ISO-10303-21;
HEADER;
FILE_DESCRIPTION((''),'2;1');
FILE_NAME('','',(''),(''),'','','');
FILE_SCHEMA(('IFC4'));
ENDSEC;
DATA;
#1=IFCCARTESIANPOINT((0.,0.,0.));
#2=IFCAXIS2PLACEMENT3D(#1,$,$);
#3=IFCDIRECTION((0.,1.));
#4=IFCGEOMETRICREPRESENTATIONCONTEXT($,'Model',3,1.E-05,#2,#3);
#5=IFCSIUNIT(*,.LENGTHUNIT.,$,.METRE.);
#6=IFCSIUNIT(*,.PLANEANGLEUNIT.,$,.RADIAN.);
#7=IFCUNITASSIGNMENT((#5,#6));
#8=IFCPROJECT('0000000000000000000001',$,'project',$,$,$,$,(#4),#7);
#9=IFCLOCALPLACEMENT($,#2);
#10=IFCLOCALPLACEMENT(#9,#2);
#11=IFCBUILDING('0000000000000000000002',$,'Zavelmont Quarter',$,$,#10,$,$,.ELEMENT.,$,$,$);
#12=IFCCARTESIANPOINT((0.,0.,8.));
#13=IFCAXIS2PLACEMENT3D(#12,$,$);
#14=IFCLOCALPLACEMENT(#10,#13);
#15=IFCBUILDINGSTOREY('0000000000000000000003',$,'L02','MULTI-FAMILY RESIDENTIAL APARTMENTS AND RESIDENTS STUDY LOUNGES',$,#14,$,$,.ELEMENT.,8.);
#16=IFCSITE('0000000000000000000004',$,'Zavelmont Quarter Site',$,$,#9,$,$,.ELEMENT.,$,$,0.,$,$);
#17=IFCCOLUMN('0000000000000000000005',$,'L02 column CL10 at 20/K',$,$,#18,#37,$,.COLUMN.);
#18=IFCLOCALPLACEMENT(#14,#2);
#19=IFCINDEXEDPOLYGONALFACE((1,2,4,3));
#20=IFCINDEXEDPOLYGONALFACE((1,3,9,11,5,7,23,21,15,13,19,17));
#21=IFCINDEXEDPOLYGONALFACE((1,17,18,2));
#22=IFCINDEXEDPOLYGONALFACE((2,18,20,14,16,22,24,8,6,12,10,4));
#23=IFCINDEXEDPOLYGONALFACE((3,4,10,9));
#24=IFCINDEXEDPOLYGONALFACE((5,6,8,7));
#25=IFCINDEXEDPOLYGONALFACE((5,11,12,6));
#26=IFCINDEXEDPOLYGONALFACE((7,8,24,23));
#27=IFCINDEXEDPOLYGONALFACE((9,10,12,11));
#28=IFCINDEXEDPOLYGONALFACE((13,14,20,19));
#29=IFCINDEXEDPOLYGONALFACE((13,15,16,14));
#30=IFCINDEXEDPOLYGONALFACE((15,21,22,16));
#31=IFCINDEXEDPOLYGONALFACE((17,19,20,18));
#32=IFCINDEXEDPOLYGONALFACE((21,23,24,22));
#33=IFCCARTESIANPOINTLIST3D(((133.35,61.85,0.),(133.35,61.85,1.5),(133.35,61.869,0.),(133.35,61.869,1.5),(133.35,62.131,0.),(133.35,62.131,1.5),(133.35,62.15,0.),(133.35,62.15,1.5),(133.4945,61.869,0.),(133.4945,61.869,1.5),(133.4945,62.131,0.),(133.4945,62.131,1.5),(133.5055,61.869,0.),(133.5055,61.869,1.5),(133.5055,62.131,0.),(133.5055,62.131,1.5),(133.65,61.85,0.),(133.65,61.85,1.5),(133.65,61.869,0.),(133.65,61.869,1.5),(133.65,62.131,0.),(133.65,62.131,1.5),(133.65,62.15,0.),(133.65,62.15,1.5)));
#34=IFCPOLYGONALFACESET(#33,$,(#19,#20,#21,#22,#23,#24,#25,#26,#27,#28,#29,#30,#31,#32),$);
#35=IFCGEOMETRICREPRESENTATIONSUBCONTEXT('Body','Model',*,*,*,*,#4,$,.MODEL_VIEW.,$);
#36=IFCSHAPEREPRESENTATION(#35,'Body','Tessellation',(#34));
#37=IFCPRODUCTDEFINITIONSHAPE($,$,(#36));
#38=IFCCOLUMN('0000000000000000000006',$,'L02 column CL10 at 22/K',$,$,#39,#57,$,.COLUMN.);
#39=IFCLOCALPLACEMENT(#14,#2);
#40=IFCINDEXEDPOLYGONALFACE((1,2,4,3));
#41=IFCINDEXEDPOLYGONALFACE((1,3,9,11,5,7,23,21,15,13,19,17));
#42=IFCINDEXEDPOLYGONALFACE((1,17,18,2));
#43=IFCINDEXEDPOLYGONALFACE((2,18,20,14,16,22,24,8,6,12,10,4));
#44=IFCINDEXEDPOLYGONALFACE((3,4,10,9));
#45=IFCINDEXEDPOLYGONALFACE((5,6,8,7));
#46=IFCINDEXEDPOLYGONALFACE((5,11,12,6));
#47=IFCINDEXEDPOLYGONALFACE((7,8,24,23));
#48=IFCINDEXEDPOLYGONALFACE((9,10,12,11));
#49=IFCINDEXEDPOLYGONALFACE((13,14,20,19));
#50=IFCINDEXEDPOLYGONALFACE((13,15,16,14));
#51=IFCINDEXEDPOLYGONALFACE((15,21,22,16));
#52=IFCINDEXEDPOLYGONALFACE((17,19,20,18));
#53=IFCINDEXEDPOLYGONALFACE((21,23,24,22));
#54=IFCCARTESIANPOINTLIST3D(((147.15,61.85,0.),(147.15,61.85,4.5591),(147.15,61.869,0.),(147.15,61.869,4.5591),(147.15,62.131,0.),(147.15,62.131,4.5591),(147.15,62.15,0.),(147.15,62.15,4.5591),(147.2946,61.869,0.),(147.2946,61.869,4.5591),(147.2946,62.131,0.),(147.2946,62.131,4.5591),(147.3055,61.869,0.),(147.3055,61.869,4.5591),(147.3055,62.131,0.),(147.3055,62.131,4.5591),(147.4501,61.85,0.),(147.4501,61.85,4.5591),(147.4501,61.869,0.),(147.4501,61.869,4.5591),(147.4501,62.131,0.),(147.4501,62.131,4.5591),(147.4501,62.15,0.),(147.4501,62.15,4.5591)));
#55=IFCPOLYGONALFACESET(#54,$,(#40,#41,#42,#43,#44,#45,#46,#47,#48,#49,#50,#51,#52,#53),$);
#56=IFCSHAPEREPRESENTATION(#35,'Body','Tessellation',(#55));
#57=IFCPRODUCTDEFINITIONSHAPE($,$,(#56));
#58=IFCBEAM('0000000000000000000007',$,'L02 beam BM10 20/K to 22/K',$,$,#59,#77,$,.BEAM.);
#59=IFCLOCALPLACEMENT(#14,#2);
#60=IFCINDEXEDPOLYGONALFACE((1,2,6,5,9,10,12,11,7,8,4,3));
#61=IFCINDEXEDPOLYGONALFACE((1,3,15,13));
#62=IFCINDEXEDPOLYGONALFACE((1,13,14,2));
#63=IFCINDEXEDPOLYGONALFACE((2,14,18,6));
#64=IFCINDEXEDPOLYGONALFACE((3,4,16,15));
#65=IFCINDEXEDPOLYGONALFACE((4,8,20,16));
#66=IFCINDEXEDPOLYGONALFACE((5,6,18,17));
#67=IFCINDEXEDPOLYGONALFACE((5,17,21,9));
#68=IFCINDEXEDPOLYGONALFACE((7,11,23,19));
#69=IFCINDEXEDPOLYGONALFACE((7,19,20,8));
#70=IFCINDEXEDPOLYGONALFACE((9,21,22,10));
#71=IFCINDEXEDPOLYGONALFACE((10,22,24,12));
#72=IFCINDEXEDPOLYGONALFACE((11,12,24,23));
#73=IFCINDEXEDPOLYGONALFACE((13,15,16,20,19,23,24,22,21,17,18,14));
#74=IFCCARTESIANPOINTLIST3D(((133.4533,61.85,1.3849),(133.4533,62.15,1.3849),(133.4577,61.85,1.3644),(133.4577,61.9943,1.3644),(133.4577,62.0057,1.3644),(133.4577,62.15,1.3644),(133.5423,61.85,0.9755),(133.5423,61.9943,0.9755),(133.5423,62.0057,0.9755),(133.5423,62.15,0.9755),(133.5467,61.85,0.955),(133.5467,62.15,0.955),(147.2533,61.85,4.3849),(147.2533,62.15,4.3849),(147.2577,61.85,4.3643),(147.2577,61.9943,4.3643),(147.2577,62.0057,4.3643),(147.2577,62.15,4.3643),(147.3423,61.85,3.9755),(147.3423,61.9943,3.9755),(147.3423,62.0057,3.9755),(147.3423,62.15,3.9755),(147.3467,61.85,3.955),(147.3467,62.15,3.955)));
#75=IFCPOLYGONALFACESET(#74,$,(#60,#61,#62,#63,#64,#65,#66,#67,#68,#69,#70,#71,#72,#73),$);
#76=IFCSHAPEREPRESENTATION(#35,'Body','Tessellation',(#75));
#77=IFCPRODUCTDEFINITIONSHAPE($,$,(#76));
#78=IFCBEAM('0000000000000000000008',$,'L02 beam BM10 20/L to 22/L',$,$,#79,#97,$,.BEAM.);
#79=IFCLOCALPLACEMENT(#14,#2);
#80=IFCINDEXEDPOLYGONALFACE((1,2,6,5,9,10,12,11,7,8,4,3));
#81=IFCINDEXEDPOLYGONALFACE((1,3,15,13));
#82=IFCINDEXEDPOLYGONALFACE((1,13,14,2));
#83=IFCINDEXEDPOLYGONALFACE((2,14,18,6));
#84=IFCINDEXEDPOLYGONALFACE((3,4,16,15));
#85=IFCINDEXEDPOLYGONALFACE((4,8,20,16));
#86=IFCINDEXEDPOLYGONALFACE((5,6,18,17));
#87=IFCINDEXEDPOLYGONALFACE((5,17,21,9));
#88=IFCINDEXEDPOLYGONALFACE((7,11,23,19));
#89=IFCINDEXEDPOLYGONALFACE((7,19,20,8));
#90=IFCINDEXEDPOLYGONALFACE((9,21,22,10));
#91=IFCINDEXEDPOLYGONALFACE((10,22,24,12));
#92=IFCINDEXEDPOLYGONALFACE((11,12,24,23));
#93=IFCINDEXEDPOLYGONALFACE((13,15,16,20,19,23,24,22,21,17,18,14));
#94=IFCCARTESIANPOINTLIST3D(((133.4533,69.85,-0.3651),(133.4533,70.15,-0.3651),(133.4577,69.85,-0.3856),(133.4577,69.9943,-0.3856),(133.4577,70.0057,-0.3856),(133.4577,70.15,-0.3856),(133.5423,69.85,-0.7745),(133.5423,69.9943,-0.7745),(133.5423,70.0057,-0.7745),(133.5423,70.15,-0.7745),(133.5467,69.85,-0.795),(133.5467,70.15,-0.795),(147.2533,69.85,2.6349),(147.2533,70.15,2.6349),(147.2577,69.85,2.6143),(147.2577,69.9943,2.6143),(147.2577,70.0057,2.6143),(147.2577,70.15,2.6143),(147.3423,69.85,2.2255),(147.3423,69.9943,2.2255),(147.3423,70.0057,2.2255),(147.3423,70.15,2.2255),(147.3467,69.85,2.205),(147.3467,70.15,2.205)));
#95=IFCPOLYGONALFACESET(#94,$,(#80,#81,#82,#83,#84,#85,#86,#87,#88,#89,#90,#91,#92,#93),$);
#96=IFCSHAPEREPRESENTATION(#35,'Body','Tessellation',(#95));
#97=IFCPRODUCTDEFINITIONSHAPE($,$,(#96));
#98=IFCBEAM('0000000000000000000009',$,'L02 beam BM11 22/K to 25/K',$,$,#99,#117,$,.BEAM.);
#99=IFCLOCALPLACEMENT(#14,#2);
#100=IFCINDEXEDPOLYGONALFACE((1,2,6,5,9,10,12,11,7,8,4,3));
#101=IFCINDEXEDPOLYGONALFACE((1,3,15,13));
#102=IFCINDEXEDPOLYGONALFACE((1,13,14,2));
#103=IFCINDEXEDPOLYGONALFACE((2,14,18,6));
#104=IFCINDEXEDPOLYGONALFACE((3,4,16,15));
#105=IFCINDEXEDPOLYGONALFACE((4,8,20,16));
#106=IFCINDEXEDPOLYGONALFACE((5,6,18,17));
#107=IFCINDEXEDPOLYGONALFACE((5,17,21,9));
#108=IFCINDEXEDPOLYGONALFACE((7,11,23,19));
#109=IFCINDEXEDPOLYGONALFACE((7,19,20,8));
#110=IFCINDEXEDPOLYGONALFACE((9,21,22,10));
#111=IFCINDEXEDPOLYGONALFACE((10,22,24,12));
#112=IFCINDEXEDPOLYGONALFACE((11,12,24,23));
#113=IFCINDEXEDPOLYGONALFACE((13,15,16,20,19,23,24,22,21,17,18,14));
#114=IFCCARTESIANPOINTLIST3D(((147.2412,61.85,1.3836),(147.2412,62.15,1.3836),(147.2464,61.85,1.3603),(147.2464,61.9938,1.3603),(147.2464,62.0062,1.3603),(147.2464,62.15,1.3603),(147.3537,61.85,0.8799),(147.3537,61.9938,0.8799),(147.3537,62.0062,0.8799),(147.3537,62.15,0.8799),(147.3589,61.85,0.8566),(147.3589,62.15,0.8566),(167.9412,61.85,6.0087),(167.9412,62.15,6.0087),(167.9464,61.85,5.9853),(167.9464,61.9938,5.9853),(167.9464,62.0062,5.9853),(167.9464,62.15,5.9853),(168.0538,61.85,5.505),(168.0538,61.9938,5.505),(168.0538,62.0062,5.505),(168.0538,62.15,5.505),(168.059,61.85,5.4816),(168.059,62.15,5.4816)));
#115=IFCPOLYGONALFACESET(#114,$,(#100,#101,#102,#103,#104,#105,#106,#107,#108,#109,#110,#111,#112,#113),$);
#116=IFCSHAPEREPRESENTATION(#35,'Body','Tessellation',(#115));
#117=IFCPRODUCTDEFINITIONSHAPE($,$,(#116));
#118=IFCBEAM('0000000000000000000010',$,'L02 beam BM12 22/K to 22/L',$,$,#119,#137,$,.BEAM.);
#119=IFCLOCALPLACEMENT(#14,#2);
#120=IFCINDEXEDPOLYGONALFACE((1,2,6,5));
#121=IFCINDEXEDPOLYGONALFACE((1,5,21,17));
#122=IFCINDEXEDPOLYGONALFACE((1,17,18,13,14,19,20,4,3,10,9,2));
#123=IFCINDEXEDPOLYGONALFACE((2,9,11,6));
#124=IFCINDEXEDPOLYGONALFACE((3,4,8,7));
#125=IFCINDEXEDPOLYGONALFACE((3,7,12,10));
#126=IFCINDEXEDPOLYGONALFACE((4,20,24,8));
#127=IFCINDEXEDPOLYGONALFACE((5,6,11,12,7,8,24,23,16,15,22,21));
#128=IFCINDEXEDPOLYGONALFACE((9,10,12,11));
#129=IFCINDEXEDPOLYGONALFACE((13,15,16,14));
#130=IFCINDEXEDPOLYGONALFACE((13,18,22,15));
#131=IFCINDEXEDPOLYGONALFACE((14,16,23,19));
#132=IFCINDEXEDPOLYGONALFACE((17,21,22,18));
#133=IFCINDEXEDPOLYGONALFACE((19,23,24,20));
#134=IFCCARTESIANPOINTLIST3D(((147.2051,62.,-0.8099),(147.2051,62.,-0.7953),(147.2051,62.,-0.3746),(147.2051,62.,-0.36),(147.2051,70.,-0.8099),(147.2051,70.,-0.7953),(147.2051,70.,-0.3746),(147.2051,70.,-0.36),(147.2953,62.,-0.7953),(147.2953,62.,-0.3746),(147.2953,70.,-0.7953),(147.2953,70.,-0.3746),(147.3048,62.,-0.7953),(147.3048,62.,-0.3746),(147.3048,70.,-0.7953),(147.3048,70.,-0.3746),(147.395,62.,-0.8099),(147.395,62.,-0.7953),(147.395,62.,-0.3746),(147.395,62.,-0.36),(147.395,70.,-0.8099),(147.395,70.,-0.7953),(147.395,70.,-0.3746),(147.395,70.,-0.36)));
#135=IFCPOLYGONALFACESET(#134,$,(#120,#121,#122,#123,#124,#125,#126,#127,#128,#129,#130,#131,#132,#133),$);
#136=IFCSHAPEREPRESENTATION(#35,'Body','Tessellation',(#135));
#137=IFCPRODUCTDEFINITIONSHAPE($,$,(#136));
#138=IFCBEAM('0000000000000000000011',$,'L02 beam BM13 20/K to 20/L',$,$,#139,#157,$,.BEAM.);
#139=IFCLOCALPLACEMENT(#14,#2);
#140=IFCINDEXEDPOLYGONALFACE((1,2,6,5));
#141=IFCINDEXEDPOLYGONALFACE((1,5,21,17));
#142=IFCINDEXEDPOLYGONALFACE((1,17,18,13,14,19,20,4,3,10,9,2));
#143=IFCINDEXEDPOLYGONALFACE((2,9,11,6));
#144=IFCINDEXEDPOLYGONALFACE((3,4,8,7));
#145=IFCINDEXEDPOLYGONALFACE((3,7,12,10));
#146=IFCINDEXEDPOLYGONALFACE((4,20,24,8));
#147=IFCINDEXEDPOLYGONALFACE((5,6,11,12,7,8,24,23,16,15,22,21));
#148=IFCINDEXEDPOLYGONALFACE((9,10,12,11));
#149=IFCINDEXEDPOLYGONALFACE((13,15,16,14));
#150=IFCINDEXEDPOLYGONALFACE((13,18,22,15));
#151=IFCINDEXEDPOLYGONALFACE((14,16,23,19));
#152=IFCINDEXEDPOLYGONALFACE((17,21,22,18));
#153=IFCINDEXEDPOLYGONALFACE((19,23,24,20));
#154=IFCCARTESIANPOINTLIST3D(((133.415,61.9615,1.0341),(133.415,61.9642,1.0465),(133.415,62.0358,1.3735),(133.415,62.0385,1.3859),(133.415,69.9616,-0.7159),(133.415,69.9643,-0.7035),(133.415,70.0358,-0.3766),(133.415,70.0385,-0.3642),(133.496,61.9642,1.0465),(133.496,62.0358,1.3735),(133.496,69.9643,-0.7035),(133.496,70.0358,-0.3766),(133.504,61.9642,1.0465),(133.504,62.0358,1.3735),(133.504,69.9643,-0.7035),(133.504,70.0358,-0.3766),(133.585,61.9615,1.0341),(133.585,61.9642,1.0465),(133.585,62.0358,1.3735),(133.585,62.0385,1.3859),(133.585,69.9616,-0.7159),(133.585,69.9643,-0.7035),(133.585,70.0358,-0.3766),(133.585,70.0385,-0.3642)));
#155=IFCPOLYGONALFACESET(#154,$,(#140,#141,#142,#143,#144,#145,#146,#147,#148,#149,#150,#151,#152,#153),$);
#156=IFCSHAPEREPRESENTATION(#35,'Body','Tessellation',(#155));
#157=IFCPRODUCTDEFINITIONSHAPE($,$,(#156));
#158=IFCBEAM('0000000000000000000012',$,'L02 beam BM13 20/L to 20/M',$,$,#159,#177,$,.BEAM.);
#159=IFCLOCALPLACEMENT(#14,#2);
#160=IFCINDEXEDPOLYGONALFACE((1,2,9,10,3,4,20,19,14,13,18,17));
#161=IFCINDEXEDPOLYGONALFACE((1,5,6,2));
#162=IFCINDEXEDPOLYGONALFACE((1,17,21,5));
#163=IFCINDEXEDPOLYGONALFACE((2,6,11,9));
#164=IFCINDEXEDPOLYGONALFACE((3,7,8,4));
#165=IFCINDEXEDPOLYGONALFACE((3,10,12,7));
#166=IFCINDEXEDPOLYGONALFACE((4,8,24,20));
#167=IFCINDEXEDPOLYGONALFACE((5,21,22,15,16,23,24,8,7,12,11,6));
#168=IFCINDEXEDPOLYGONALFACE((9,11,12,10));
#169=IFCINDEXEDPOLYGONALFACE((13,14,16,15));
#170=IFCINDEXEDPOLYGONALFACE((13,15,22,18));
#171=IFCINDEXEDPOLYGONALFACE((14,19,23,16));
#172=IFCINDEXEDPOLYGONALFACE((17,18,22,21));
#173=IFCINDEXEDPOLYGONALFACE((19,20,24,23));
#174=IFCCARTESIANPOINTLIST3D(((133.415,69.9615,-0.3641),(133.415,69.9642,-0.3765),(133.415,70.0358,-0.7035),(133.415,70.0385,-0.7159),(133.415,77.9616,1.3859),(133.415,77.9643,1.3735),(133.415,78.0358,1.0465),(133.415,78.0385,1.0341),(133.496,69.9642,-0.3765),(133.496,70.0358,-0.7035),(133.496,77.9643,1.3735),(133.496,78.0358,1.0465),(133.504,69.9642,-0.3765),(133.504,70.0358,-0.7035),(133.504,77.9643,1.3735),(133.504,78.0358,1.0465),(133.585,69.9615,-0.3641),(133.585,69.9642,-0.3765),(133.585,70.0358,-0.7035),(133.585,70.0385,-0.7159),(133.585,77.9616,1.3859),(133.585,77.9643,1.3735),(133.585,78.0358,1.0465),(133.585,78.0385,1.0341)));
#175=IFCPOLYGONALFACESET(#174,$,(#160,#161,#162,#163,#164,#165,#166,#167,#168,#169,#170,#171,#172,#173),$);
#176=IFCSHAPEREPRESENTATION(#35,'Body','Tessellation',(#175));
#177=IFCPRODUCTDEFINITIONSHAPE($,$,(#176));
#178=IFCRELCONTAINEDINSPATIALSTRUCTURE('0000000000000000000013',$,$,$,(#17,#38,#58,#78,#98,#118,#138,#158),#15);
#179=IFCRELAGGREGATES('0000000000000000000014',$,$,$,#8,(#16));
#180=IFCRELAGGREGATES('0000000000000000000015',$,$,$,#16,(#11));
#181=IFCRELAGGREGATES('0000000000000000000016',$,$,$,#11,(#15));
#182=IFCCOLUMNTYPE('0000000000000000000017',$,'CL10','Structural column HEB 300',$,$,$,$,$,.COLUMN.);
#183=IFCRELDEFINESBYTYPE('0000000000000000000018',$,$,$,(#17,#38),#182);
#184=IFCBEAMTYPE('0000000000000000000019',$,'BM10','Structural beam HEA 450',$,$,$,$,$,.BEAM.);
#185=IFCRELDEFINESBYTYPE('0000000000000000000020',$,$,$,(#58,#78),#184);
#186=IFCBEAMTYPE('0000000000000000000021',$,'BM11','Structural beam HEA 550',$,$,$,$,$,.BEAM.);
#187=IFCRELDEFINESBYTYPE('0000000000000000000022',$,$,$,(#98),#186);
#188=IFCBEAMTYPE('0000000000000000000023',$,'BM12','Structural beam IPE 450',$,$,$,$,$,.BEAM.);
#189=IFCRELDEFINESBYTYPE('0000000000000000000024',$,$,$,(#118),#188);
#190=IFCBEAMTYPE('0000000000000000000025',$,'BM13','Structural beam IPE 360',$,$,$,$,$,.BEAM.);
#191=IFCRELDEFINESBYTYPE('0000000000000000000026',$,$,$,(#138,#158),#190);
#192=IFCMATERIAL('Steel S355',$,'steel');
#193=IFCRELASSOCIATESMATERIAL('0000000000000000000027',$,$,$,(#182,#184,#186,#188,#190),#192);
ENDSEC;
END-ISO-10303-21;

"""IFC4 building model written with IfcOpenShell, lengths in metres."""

from ifc_helpers import new_model, si_unit, direction, frame, origin, origin_2d, place, context, subcontext, project, spatial, i_section, extrude, material, material_profile, profile_set, type_object, element, save


model = new_model("IFC4")

# Units and contexts
model_context = context("Model", 3, precision=1e-05, world=origin(), true_north=direction((0.0, 1.0)))
body_context = subcontext(model_context, "Body", "Model", "MODEL_VIEW")
ifc_project = project(units=[si_unit("LENGTHUNIT", "METRE"), si_unit("PLANEANGLEUNIT", "RADIAN")], contexts=[model_context])

# Site, building, storey
site_placement = place(None, origin())
site = spatial("IfcSite", under=ifc_project, at=site_placement, Name="Zavelmont Quarter Site", CompositionType="ELEMENT", RefElevation=0.0)
building_placement = place(site_placement, origin())
building = spatial("IfcBuilding", under=site, at=building_placement, Name="Zavelmont Quarter", CompositionType="ELEMENT")
storey_placement = place(building_placement, frame((0.0, 0.0, 8.0)))
storey = spatial("IfcBuildingStorey", under=building, at=storey_placement, Name="L02", Description="MULTI-FAMILY RESIDENTIAL APARTMENTS AND RESIDENTS STUDY LOUNGES", CompositionType="ELEMENT", Elevation=8.0)

# Columns
ifc_material_1 = material(Name="Steel S355", Category="steel")
ifc_material_profile_1 = material_profile(ifc_material_1, i_section(OverallWidth=0.3, OverallDepth=0.3, WebThickness=0.011, FlangeThickness=0.019, at=origin_2d()), Name="HEB 300")
ifc_profile_set_1 = profile_set([ifc_material_profile_1], Name="Steel S355")
column_type = type_object("IfcColumnType", Name="CL10", Description="Structural column HEB 300", PredefinedType="COLUMN", material=ifc_profile_set_1)
column_1_placement = place(storey_placement, frame((133.5, 62.0, 0.0), z_axis=(0.0, 0.0, 1.0), x_axis=(1.0, 0.0, 0.0)))
element("IfcColumn", 1, at=column_1_placement, inside=storey, type_object=column_type, Name="L02 column CL10 at 20/K", PredefinedType="COLUMN", context=body_context, shape_type="SweptSolid", body=[
    extrude(i_section(OverallWidth=0.3, OverallDepth=0.3, WebThickness=0.011, FlangeThickness=0.019, at=origin_2d()), origin(), (0.0, 0.0, 1.0), 1.5),
])
column_2_placement = place(storey_placement, frame((147.3, 62.0, 0.0), z_axis=(0.0, 0.0, 1.0), x_axis=(1.0, 0.0, 0.0)))
element("IfcColumn", 2, at=column_2_placement, inside=storey, type_object=column_type, Name="L02 column CL10 at 22/K", PredefinedType="COLUMN", context=body_context, shape_type="SweptSolid", body=[
    extrude(i_section(OverallWidth=0.3, OverallDepth=0.3, WebThickness=0.011, FlangeThickness=0.019, at=origin_2d()), origin(), (0.0, 0.0, 1.0), 4.5591),
])

# Beams
ifc_material_profile_2 = material_profile(ifc_material_1, i_section(OverallWidth=0.3, OverallDepth=0.4399, WebThickness=0.0115, FlangeThickness=0.021, at=origin_2d()), Name="HEA 450")
ifc_profile_set_2 = profile_set([ifc_material_profile_2], Name="Steel S355")
beam_type_1 = type_object("IfcBeamType", Name="BM10", Description="Structural beam HEA 450", PredefinedType="BEAM", material=ifc_profile_set_2)
for number, where, z_axis, x_axis, name in (
    (3, (133.5, 62.0, 1.1699), (0.977177, 0.0, 0.212429), (0.0, 1.0, 0.0), "L02 beam BM10 20/K to 22/K"),
    (4, (133.5, 70.0, -0.5801), (0.977177, 0.0, 0.212429), (0.0, 1.0, 0.0), "L02 beam BM10 20/L to 22/L"),
):
    element("IfcBeam", number, at=place(storey_placement, frame(where, z_axis=z_axis, x_axis=x_axis)), inside=storey, type_object=beam_type_1, Name=name, PredefinedType="BEAM", context=body_context, shape_type="SweptSolid", body=[
        extrude(i_section(OverallWidth=0.3, OverallDepth=0.4399, WebThickness=0.0115, FlangeThickness=0.021, at=origin_2d()), origin(), (0.0, 0.0, 1.0), 14.1223),
    ])
ifc_material_profile_3 = material_profile(ifc_material_1, i_section(OverallWidth=0.3, OverallDepth=0.54, WebThickness=0.0125, FlangeThickness=0.0239, at=origin_2d()), Name="HEA 550")
ifc_profile_set_3 = profile_set([ifc_material_profile_3], Name="Steel S355")
beam_type_2 = type_object("IfcBeamType", Name="BM11", Description="Structural beam HEA 550", PredefinedType="BEAM", material=ifc_profile_set_3)
beam_1_placement = place(storey_placement, frame((147.3, 62.0, 1.1201), z_axis=(0.975937, 0.0, 0.218054), x_axis=(0.0, 1.0, 0.0)))
element("IfcBeam", 5, at=beam_1_placement, inside=storey, type_object=beam_type_2, Name="L02 beam BM11 22/K to 25/K", PredefinedType="BEAM", context=body_context, shape_type="SweptSolid", body=[
    extrude(i_section(OverallWidth=0.3, OverallDepth=0.54, WebThickness=0.0125, FlangeThickness=0.0239, at=origin_2d()), origin(), (0.0, 0.0, 1.0), 21.2104),
])
ifc_material_profile_4 = material_profile(ifc_material_1, i_section(OverallWidth=0.1899, OverallDepth=0.45, WebThickness=0.0095, FlangeThickness=0.0146, at=origin_2d()), Name="IPE 450")
ifc_profile_set_4 = profile_set([ifc_material_profile_4], Name="Steel S355")
beam_type_3 = type_object("IfcBeamType", Name="BM12", Description="Structural beam IPE 450", PredefinedType="BEAM", material=ifc_profile_set_4)
beam_2_placement = place(storey_placement, frame((147.3, 62.0, -0.585), z_axis=(0.0, 1.0, 0.0), x_axis=(-1.0, 0.0, 0.0)))
element("IfcBeam", 6, at=beam_2_placement, inside=storey, type_object=beam_type_3, Name="L02 beam BM12 22/K to 22/L", PredefinedType="BEAM", context=body_context, shape_type="SweptSolid", body=[
    extrude(i_section(OverallWidth=0.1899, OverallDepth=0.45, WebThickness=0.0095, FlangeThickness=0.0146, at=origin_2d()), origin(), (0.0, 0.0, 1.0), 8.0),
])
ifc_material_profile_5 = material_profile(ifc_material_1, i_section(OverallWidth=0.1699, OverallDepth=0.3601, WebThickness=0.0081, FlangeThickness=0.0127, at=origin_2d()), Name="IPE 360")
ifc_profile_set_5 = profile_set([ifc_material_profile_5], Name="Steel S355")
beam_type_4 = type_object("IfcBeamType", Name="BM13", Description="Structural beam IPE 360", PredefinedType="BEAM", material=ifc_profile_set_5)
for number, where, z_axis, x_axis, name in (
    (7, (133.5, 62.0, 1.21), (0.0, 0.9769, -0.213697), (-1.0, 0.0, 0.0), "L02 beam BM13 20/K to 20/L"),
    (8, (133.5, 70.0, -0.54), (0.0, 0.9769, 0.213697), (-1.0, 0.0, 0.0), "L02 beam BM13 20/L to 20/M"),
):
    element("IfcBeam", number, at=place(storey_placement, frame(where, z_axis=z_axis, x_axis=x_axis)), inside=storey, type_object=beam_type_4, Name=name, PredefinedType="BEAM", context=body_context, shape_type="SweptSolid", body=[
        extrude(i_section(OverallWidth=0.1699, OverallDepth=0.3601, WebThickness=0.0081, FlangeThickness=0.0127, at=origin_2d()), origin(), (0.0, 0.0, 1.0), 8.1892),
    ])

save(model, "model.ifc")
